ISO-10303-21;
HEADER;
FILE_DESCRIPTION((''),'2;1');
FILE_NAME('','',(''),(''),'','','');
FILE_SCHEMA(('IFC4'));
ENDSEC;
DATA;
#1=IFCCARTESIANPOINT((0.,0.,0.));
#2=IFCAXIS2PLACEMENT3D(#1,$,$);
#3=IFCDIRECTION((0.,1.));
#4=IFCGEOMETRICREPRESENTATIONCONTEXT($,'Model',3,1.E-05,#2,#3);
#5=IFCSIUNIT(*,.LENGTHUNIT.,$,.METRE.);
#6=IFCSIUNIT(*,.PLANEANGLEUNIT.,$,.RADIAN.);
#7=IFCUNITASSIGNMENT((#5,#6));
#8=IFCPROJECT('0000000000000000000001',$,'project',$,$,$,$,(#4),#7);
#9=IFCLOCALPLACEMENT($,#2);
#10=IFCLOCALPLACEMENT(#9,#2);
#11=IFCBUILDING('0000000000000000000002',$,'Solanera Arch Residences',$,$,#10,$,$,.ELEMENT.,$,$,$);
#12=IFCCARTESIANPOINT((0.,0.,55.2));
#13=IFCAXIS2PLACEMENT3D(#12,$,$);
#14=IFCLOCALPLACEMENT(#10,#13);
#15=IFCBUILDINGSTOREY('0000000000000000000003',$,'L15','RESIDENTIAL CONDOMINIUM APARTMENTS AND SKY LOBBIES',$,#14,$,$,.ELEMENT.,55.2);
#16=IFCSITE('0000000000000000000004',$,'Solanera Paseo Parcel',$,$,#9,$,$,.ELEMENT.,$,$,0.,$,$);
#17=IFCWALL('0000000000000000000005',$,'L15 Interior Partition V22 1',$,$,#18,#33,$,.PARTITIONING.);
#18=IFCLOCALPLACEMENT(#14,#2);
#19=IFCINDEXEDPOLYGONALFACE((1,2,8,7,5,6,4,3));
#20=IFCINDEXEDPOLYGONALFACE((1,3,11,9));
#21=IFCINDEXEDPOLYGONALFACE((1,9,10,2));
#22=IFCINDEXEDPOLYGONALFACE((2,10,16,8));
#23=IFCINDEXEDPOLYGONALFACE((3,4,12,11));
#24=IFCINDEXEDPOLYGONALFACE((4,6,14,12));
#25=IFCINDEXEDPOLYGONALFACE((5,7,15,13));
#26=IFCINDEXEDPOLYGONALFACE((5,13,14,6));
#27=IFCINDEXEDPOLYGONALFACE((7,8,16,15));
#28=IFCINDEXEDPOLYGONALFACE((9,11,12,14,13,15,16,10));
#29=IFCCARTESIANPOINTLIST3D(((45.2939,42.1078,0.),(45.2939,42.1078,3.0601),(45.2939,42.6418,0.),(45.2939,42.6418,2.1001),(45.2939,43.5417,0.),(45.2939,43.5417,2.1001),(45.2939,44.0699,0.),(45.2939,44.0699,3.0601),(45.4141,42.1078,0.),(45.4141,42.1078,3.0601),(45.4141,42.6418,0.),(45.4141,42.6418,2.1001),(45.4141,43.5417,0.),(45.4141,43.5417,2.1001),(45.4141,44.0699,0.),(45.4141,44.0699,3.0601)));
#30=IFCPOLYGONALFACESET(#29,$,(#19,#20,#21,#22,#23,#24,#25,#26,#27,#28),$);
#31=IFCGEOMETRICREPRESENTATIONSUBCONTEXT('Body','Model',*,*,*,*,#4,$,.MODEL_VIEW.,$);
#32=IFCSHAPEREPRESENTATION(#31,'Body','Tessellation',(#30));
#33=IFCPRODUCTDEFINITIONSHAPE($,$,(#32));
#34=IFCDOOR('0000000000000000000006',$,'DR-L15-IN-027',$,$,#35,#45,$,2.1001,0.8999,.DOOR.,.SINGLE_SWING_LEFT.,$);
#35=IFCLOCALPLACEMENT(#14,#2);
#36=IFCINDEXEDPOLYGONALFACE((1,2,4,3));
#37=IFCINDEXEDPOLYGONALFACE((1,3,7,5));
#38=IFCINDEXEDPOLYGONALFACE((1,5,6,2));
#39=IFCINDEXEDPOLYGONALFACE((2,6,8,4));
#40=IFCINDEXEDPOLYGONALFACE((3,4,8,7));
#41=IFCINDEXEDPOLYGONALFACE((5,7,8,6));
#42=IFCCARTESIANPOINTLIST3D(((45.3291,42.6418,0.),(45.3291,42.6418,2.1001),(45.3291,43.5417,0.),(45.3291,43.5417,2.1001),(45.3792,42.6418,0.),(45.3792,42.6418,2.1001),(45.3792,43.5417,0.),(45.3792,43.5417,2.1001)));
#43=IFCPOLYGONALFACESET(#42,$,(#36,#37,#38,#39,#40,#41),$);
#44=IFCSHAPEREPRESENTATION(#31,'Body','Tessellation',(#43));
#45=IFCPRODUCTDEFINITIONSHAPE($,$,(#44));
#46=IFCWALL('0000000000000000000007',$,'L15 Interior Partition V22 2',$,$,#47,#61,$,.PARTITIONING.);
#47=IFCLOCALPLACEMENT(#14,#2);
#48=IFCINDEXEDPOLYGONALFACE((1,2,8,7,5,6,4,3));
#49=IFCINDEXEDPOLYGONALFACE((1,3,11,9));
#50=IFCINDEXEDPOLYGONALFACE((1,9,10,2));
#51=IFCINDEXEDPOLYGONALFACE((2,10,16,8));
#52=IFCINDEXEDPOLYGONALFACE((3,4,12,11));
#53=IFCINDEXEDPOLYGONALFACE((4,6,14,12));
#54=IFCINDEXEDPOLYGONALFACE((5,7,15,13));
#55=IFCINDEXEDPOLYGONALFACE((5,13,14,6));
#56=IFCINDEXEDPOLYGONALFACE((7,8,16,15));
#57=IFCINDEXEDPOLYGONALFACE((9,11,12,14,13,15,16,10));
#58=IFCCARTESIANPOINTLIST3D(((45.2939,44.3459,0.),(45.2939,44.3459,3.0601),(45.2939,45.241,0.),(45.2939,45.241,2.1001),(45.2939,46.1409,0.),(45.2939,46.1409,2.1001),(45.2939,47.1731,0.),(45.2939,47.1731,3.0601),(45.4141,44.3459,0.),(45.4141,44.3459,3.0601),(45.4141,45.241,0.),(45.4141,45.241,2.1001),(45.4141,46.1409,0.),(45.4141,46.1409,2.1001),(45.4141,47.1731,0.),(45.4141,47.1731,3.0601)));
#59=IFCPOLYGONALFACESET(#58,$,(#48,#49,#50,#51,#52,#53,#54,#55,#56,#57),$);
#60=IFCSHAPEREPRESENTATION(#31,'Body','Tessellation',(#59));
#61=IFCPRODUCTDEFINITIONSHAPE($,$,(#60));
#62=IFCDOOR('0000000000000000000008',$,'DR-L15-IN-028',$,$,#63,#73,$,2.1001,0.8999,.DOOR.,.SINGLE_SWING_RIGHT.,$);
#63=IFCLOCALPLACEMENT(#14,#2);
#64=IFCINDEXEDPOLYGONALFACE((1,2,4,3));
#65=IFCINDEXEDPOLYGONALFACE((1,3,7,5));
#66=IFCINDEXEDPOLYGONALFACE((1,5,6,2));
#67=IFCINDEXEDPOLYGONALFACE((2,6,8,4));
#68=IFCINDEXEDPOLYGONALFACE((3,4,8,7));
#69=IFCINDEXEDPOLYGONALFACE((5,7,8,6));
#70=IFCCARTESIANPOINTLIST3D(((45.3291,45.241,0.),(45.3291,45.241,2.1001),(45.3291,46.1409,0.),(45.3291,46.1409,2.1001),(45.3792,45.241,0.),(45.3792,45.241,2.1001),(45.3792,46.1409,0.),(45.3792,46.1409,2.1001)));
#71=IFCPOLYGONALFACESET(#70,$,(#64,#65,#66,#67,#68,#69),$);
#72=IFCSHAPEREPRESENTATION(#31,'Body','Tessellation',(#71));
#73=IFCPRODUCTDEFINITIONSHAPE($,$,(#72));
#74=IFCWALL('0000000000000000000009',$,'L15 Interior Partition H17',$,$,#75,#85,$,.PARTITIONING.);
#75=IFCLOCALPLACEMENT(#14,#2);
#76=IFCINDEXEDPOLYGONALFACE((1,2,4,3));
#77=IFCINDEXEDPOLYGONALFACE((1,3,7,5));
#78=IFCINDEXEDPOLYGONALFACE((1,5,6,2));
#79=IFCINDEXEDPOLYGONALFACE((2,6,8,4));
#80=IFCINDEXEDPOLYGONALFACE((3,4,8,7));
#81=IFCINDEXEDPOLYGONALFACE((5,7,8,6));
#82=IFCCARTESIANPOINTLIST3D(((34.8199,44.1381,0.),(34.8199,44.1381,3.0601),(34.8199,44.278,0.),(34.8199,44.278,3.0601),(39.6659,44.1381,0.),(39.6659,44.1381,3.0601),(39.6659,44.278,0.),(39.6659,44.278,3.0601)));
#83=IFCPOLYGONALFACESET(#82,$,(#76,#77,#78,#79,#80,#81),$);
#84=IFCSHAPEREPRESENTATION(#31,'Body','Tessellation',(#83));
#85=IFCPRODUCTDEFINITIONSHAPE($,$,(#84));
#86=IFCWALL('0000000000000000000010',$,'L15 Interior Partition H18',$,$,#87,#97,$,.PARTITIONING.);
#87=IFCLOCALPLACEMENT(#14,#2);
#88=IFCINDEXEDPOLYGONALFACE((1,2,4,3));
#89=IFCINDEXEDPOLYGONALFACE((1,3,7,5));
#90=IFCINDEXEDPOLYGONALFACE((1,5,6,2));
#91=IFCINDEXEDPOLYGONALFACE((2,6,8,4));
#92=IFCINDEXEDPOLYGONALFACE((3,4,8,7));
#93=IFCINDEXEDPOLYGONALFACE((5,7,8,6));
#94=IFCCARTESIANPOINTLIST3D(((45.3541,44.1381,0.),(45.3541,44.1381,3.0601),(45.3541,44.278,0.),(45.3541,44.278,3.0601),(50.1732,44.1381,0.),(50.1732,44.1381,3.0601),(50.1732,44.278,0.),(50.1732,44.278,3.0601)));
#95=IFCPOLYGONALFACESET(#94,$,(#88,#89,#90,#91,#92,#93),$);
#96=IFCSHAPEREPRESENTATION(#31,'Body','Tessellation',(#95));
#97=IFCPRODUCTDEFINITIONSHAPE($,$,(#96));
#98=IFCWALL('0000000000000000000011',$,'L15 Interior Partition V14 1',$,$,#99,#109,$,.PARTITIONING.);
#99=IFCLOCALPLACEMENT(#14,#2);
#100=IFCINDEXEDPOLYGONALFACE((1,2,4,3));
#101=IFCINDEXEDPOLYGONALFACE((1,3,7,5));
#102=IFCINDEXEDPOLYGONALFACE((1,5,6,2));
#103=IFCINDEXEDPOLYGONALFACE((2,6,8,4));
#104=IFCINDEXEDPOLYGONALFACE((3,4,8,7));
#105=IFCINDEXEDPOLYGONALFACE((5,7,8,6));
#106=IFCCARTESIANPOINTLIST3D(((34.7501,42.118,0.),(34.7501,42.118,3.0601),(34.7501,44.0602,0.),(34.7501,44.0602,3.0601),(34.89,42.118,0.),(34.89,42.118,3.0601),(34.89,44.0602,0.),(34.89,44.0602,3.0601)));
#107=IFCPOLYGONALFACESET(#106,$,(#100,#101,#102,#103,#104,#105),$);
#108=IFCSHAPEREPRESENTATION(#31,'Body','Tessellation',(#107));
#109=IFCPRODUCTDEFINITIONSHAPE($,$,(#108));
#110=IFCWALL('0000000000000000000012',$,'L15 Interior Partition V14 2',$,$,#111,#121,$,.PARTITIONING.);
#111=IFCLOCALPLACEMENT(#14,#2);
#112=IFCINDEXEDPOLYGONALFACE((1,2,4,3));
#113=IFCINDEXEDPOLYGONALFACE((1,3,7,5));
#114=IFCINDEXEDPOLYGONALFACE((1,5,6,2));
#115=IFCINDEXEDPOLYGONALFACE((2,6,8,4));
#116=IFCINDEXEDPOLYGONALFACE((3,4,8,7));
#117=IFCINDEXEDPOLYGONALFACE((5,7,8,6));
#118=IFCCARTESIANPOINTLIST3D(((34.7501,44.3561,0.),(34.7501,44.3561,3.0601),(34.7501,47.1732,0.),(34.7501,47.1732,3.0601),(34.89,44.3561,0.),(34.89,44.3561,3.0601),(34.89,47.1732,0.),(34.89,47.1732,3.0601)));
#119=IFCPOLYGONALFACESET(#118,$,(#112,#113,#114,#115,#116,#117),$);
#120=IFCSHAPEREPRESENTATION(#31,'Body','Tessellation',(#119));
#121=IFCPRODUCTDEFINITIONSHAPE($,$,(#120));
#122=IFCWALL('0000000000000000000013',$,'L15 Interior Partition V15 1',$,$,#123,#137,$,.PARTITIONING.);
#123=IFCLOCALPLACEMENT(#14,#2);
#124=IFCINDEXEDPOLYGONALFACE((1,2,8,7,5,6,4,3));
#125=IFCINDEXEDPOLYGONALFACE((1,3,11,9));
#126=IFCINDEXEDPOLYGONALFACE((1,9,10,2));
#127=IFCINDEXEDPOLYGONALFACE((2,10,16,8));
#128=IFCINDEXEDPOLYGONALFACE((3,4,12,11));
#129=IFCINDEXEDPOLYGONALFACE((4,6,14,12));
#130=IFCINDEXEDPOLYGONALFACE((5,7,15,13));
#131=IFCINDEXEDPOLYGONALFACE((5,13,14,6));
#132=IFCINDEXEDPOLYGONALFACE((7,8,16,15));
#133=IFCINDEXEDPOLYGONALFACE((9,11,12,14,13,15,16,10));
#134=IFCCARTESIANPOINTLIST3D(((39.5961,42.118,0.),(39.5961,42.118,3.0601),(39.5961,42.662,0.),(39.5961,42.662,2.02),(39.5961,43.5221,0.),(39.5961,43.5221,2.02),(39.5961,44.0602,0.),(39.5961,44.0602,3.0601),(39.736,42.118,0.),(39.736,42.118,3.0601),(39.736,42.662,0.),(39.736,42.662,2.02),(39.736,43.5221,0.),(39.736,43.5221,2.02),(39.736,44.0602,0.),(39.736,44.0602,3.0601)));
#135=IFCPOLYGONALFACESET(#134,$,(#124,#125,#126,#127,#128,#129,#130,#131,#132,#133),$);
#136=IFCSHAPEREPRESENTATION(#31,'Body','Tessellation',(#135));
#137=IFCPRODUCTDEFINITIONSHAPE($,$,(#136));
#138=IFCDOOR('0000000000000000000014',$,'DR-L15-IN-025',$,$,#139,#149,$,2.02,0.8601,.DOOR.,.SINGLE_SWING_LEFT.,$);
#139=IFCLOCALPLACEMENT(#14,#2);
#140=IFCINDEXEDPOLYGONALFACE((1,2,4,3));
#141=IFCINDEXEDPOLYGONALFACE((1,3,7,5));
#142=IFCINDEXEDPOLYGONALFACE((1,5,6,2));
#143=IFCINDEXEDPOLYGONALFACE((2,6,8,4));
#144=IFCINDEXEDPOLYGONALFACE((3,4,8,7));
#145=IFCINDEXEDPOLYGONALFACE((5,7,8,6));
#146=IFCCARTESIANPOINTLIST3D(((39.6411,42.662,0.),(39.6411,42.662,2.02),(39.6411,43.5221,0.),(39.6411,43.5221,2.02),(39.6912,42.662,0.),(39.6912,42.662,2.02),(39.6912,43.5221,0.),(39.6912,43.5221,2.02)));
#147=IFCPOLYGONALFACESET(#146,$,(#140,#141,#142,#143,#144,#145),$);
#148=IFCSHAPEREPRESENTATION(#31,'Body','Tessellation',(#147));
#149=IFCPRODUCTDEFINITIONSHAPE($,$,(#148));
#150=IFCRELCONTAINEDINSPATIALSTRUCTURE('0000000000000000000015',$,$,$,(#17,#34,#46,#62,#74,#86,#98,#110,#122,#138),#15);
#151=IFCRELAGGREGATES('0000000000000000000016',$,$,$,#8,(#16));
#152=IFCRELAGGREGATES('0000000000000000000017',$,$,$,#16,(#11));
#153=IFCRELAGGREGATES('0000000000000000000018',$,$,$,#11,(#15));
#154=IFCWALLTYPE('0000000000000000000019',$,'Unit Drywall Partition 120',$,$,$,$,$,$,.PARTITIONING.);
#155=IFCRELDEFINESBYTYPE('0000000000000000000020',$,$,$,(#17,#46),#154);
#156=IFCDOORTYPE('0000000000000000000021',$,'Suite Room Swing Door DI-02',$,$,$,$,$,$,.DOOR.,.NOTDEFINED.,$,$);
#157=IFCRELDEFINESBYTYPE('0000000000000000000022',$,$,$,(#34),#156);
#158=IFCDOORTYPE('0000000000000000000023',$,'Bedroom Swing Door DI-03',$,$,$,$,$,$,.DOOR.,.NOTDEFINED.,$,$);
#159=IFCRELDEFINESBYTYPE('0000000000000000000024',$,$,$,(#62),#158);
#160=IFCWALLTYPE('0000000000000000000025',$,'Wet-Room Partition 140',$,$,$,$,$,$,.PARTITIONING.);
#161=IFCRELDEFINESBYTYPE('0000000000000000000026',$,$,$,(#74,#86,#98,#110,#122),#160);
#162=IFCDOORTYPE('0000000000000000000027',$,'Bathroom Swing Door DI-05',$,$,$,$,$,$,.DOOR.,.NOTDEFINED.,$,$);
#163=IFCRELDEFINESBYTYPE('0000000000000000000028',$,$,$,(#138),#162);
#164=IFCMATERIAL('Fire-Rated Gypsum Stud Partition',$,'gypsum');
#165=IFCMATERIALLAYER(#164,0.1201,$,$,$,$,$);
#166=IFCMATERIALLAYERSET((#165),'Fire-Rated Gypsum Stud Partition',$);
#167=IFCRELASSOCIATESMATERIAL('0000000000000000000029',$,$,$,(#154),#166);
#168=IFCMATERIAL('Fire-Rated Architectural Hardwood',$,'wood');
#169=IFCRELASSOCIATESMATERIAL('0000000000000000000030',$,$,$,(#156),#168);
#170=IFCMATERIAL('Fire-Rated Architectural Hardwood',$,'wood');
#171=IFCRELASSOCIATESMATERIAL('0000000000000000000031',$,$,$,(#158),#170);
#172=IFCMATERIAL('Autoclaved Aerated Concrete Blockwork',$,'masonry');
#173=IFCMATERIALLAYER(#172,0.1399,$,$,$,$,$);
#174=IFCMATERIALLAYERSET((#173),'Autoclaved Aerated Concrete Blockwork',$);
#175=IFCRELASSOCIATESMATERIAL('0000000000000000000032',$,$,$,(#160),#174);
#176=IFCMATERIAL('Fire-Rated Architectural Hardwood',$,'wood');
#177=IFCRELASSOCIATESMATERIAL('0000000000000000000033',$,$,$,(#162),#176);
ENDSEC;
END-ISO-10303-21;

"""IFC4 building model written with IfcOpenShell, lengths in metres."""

from ifc_helpers import new_model, si_unit, direction, frame, frame_2d, origin, place, context, subcontext, project, spatial, rectangle, extrude, material, layer, layer_set, type_object, element, fill, save


model = new_model("IFC4")

# Units and contexts
model_context = context("Model", 3, precision=1e-05, world=origin(), true_north=direction((0.0, 1.0)))
body_context = subcontext(model_context, "Body", "Model", "MODEL_VIEW")
ifc_project = project(units=[si_unit("LENGTHUNIT", "METRE"), si_unit("PLANEANGLEUNIT", "RADIAN")], contexts=[model_context])

# Site, building, storey
site_placement = place(None, origin())
site = spatial("IfcSite", under=ifc_project, at=site_placement, Name="Solanera Paseo Parcel", CompositionType="ELEMENT", RefElevation=0.0)
building_placement = place(site_placement, origin())
building = spatial("IfcBuilding", under=site, at=building_placement, Name="Solanera Arch Residences", CompositionType="ELEMENT")
storey_placement = place(building_placement, frame((0.0, 0.0, 55.2)))
storey = spatial("IfcBuildingStorey", under=building, at=storey_placement, Name="L15", Description="RESIDENTIAL CONDOMINIUM APARTMENTS AND SKY LOBBIES", CompositionType="ELEMENT", Elevation=55.2)

# Shared definitions
ifc_material_1 = material(Name="Fire-Rated Gypsum Stud Partition", Category="gypsum")
ifc_layer_1 = layer(ifc_material_1, 0.1201)
ifc_layer_set_1 = layer_set([ifc_layer_1], Name="Fire-Rated Gypsum Stud Partition")
wall_type_1 = type_object("IfcWallType", Name="Unit Drywall Partition 120", PredefinedType="PARTITIONING", material=ifc_layer_set_1)

# Walls, openings, doors
wall_1_placement = place(storey_placement, frame((45.354, 42.1079, 0.0), z_axis=(0.0, 0.0, 1.0), x_axis=(0.0, 1.0, 0.0)))
wall_1 = element("IfcWall", 1, at=wall_1_placement, inside=storey, type_object=wall_type_1, Name="L15 Interior Partition V22 1", PredefinedType="PARTITIONING", context=body_context, shape_type="SweptSolid", body=[
    extrude(rectangle(XDim=1.9622, YDim=0.1201, at=frame_2d((0.981, 0.0))), origin(), (0.0, 0.0, 1.0), 3.0601),
])
opening_1_placement = place(wall_1_placement, frame((0.5339, 0.0, 0.0)))
opening_1 = element("IfcOpeningElement", 2, at=opening_1_placement, cuts=wall_1, PredefinedType="OPENING", context=body_context, shape_type="SweptSolid", body=[
    extrude(rectangle(XDim=0.8999, YDim=2.1001, at=frame_2d((0.45, 1.05))), frame((0.0, 0.0701, 0.0), z_axis=(0.0, -1.0, 0.0), x_axis=(1.0, 0.0, 0.0)), (0.0, 0.0, 1.0), 0.1401),
])
ifc_material_2 = material(Name="Fire-Rated Architectural Hardwood", Category="wood")
door_type_1 = type_object("IfcDoorType", Name="Suite Room Swing Door DI-02", OperationType="NOTDEFINED", PredefinedType="DOOR", material=ifc_material_2)
door_1_placement = place(opening_1_placement, origin())
door_1 = element("IfcDoor", 3, at=door_1_placement, inside=storey, type_object=door_type_1, Name="DR-L15-IN-027", OperationType="SINGLE_SWING_LEFT", OverallHeight=2.1001, OverallWidth=0.8999, PredefinedType="DOOR", context=body_context, shape_type="SweptSolid", body=[
    extrude(rectangle(XDim=0.8999, YDim=2.1001, at=frame_2d((0.45, 1.05))), frame((0.0, 0.0249, 0.0), z_axis=(0.0, -1.0, 0.0), x_axis=(1.0, 0.0, 0.0)), (0.0, 0.0, 1.0), 0.05),
])
fill(opening_1, door_1)
wall_2_placement = place(storey_placement, frame((45.354, 44.3459, 0.0), z_axis=(0.0, 0.0, 1.0), x_axis=(0.0, 1.0, 0.0)))
wall_2 = element("IfcWall", 4, at=wall_2_placement, inside=storey, type_object=wall_type_1, Name="L15 Interior Partition V22 2", PredefinedType="PARTITIONING", context=body_context, shape_type="SweptSolid", body=[
    extrude(rectangle(XDim=2.8271, YDim=0.1201, at=frame_2d((1.4136, 0.0))), origin(), (0.0, 0.0, 1.0), 3.0601),
])
opening_2_placement = place(wall_2_placement, frame((0.895, 0.0, 0.0)))
opening_2 = element("IfcOpeningElement", 5, at=opening_2_placement, cuts=wall_2, PredefinedType="OPENING", context=body_context, shape_type="SweptSolid", body=[
    extrude(rectangle(XDim=0.8999, YDim=2.1001, at=frame_2d((0.45, 1.05))), frame((0.0, 0.0701, 0.0), z_axis=(0.0, -1.0, 0.0), x_axis=(1.0, 0.0, 0.0)), (0.0, 0.0, 1.0), 0.1401),
])
ifc_material_3 = material(Name="Fire-Rated Architectural Hardwood", Category="wood")
door_type_2 = type_object("IfcDoorType", Name="Bedroom Swing Door DI-03", OperationType="NOTDEFINED", PredefinedType="DOOR", material=ifc_material_3)
door_2_placement = place(opening_2_placement, origin())
door_2 = element("IfcDoor", 6, at=door_2_placement, inside=storey, type_object=door_type_2, Name="DR-L15-IN-028", OperationType="SINGLE_SWING_RIGHT", OverallHeight=2.1001, OverallWidth=0.8999, PredefinedType="DOOR", context=body_context, shape_type="SweptSolid", body=[
    extrude(rectangle(XDim=0.8999, YDim=2.1001, at=frame_2d((0.45, 1.05))), frame((0.0, 0.0249, 0.0), z_axis=(0.0, -1.0, 0.0), x_axis=(1.0, 0.0, 0.0)), (0.0, 0.0, 1.0), 0.05),
])
fill(opening_2, door_2)

# Walls
ifc_material_4 = material(Name="Autoclaved Aerated Concrete Blockwork", Category="masonry")
ifc_layer_2 = layer(ifc_material_4, 0.1399)
ifc_layer_set_2 = layer_set([ifc_layer_2], Name="Autoclaved Aerated Concrete Blockwork")
wall_type_2 = type_object("IfcWallType", Name="Wet-Room Partition 140", PredefinedType="PARTITIONING", material=ifc_layer_set_2)
wall_3_placement = place(storey_placement, frame((34.8201, 44.208, 0.0), z_axis=(0.0, 0.0, 1.0), x_axis=(1.0, 0.0, 0.0)))
element("IfcWall", 7, at=wall_3_placement, inside=storey, type_object=wall_type_2, Name="L15 Interior Partition H17", PredefinedType="PARTITIONING", context=body_context, shape_type="SweptSolid", body=[
    extrude(rectangle(XDim=4.8459, YDim=0.1399, at=frame_2d((2.4229, 0.0))), origin(), (0.0, 0.0, 1.0), 3.0601),
])
wall_4_placement = place(storey_placement, frame((45.354, 44.208, 0.0), z_axis=(0.0, 0.0, 1.0), x_axis=(1.0, 0.0, 0.0)))
element("IfcWall", 8, at=wall_4_placement, inside=storey, type_object=wall_type_2, Name="L15 Interior Partition H18", PredefinedType="PARTITIONING", context=body_context, shape_type="SweptSolid", body=[
    extrude(rectangle(XDim=4.8191, YDim=0.1399, at=frame_2d((2.4097, 0.0))), origin(), (0.0, 0.0, 1.0), 3.0601),
])
wall_5_placement = place(storey_placement, frame((34.8201, 42.1179, 0.0), z_axis=(0.0, 0.0, 1.0), x_axis=(0.0, 1.0, 0.0)))
element("IfcWall", 9, at=wall_5_placement, inside=storey, type_object=wall_type_2, Name="L15 Interior Partition V14 1", PredefinedType="PARTITIONING", context=body_context, shape_type="SweptSolid", body=[
    extrude(rectangle(XDim=1.9421, YDim=0.1399, at=frame_2d((0.9712, 0.0))), origin(), (0.0, 0.0, 1.0), 3.0601),
])
wall_6_placement = place(storey_placement, frame((34.8201, 44.356, 0.0), z_axis=(0.0, 0.0, 1.0), x_axis=(0.0, 1.0, 0.0)))
element("IfcWall", 10, at=wall_6_placement, inside=storey, type_object=wall_type_2, Name="L15 Interior Partition V14 2", PredefinedType="PARTITIONING", context=body_context, shape_type="SweptSolid", body=[
    extrude(rectangle(XDim=2.8171, YDim=0.1399, at=frame_2d((1.4087, 0.0))), origin(), (0.0, 0.0, 1.0), 3.0601),
])

# Wall, opening, door
wall_7_placement = place(storey_placement, frame((39.666, 42.1179, 0.0), z_axis=(0.0, 0.0, 1.0), x_axis=(0.0, 1.0, 0.0)))
wall_7 = element("IfcWall", 11, at=wall_7_placement, inside=storey, type_object=wall_type_2, Name="L15 Interior Partition V15 1", PredefinedType="PARTITIONING", context=body_context, shape_type="SweptSolid", body=[
    extrude(rectangle(XDim=1.9421, YDim=0.1399, at=frame_2d((0.9712, 0.0))), origin(), (0.0, 0.0, 1.0), 3.0601),
])
opening_3_placement = place(wall_7_placement, frame((0.5439, 0.0, 0.0)))
opening_3 = element("IfcOpeningElement", 12, at=opening_3_placement, cuts=wall_7, PredefinedType="OPENING", context=body_context, shape_type="SweptSolid", body=[
    extrude(rectangle(XDim=0.8601, YDim=2.02, at=frame_2d((0.4302, 1.01))), frame((0.0, 0.0798, 0.0), z_axis=(0.0, -1.0, 0.0), x_axis=(1.0, 0.0, 0.0)), (0.0, 0.0, 1.0), 0.1599),
])
ifc_material_5 = material(Name="Fire-Rated Architectural Hardwood", Category="wood")
door_type_3 = type_object("IfcDoorType", Name="Bathroom Swing Door DI-05", OperationType="NOTDEFINED", PredefinedType="DOOR", material=ifc_material_5)
door_3_placement = place(opening_3_placement, origin())
door_3 = element("IfcDoor", 13, at=door_3_placement, inside=storey, type_object=door_type_3, Name="DR-L15-IN-025", OperationType="SINGLE_SWING_LEFT", OverallHeight=2.02, OverallWidth=0.8601, PredefinedType="DOOR", context=body_context, shape_type="SweptSolid", body=[
    extrude(rectangle(XDim=0.8601, YDim=2.02, at=frame_2d((0.4302, 1.01))), frame((0.0, 0.0249, 0.0), z_axis=(0.0, -1.0, 0.0), x_axis=(1.0, 0.0, 0.0)), (0.0, 0.0, 1.0), 0.05),
])
fill(opening_3, door_3)

save(model, "model.ifc")
